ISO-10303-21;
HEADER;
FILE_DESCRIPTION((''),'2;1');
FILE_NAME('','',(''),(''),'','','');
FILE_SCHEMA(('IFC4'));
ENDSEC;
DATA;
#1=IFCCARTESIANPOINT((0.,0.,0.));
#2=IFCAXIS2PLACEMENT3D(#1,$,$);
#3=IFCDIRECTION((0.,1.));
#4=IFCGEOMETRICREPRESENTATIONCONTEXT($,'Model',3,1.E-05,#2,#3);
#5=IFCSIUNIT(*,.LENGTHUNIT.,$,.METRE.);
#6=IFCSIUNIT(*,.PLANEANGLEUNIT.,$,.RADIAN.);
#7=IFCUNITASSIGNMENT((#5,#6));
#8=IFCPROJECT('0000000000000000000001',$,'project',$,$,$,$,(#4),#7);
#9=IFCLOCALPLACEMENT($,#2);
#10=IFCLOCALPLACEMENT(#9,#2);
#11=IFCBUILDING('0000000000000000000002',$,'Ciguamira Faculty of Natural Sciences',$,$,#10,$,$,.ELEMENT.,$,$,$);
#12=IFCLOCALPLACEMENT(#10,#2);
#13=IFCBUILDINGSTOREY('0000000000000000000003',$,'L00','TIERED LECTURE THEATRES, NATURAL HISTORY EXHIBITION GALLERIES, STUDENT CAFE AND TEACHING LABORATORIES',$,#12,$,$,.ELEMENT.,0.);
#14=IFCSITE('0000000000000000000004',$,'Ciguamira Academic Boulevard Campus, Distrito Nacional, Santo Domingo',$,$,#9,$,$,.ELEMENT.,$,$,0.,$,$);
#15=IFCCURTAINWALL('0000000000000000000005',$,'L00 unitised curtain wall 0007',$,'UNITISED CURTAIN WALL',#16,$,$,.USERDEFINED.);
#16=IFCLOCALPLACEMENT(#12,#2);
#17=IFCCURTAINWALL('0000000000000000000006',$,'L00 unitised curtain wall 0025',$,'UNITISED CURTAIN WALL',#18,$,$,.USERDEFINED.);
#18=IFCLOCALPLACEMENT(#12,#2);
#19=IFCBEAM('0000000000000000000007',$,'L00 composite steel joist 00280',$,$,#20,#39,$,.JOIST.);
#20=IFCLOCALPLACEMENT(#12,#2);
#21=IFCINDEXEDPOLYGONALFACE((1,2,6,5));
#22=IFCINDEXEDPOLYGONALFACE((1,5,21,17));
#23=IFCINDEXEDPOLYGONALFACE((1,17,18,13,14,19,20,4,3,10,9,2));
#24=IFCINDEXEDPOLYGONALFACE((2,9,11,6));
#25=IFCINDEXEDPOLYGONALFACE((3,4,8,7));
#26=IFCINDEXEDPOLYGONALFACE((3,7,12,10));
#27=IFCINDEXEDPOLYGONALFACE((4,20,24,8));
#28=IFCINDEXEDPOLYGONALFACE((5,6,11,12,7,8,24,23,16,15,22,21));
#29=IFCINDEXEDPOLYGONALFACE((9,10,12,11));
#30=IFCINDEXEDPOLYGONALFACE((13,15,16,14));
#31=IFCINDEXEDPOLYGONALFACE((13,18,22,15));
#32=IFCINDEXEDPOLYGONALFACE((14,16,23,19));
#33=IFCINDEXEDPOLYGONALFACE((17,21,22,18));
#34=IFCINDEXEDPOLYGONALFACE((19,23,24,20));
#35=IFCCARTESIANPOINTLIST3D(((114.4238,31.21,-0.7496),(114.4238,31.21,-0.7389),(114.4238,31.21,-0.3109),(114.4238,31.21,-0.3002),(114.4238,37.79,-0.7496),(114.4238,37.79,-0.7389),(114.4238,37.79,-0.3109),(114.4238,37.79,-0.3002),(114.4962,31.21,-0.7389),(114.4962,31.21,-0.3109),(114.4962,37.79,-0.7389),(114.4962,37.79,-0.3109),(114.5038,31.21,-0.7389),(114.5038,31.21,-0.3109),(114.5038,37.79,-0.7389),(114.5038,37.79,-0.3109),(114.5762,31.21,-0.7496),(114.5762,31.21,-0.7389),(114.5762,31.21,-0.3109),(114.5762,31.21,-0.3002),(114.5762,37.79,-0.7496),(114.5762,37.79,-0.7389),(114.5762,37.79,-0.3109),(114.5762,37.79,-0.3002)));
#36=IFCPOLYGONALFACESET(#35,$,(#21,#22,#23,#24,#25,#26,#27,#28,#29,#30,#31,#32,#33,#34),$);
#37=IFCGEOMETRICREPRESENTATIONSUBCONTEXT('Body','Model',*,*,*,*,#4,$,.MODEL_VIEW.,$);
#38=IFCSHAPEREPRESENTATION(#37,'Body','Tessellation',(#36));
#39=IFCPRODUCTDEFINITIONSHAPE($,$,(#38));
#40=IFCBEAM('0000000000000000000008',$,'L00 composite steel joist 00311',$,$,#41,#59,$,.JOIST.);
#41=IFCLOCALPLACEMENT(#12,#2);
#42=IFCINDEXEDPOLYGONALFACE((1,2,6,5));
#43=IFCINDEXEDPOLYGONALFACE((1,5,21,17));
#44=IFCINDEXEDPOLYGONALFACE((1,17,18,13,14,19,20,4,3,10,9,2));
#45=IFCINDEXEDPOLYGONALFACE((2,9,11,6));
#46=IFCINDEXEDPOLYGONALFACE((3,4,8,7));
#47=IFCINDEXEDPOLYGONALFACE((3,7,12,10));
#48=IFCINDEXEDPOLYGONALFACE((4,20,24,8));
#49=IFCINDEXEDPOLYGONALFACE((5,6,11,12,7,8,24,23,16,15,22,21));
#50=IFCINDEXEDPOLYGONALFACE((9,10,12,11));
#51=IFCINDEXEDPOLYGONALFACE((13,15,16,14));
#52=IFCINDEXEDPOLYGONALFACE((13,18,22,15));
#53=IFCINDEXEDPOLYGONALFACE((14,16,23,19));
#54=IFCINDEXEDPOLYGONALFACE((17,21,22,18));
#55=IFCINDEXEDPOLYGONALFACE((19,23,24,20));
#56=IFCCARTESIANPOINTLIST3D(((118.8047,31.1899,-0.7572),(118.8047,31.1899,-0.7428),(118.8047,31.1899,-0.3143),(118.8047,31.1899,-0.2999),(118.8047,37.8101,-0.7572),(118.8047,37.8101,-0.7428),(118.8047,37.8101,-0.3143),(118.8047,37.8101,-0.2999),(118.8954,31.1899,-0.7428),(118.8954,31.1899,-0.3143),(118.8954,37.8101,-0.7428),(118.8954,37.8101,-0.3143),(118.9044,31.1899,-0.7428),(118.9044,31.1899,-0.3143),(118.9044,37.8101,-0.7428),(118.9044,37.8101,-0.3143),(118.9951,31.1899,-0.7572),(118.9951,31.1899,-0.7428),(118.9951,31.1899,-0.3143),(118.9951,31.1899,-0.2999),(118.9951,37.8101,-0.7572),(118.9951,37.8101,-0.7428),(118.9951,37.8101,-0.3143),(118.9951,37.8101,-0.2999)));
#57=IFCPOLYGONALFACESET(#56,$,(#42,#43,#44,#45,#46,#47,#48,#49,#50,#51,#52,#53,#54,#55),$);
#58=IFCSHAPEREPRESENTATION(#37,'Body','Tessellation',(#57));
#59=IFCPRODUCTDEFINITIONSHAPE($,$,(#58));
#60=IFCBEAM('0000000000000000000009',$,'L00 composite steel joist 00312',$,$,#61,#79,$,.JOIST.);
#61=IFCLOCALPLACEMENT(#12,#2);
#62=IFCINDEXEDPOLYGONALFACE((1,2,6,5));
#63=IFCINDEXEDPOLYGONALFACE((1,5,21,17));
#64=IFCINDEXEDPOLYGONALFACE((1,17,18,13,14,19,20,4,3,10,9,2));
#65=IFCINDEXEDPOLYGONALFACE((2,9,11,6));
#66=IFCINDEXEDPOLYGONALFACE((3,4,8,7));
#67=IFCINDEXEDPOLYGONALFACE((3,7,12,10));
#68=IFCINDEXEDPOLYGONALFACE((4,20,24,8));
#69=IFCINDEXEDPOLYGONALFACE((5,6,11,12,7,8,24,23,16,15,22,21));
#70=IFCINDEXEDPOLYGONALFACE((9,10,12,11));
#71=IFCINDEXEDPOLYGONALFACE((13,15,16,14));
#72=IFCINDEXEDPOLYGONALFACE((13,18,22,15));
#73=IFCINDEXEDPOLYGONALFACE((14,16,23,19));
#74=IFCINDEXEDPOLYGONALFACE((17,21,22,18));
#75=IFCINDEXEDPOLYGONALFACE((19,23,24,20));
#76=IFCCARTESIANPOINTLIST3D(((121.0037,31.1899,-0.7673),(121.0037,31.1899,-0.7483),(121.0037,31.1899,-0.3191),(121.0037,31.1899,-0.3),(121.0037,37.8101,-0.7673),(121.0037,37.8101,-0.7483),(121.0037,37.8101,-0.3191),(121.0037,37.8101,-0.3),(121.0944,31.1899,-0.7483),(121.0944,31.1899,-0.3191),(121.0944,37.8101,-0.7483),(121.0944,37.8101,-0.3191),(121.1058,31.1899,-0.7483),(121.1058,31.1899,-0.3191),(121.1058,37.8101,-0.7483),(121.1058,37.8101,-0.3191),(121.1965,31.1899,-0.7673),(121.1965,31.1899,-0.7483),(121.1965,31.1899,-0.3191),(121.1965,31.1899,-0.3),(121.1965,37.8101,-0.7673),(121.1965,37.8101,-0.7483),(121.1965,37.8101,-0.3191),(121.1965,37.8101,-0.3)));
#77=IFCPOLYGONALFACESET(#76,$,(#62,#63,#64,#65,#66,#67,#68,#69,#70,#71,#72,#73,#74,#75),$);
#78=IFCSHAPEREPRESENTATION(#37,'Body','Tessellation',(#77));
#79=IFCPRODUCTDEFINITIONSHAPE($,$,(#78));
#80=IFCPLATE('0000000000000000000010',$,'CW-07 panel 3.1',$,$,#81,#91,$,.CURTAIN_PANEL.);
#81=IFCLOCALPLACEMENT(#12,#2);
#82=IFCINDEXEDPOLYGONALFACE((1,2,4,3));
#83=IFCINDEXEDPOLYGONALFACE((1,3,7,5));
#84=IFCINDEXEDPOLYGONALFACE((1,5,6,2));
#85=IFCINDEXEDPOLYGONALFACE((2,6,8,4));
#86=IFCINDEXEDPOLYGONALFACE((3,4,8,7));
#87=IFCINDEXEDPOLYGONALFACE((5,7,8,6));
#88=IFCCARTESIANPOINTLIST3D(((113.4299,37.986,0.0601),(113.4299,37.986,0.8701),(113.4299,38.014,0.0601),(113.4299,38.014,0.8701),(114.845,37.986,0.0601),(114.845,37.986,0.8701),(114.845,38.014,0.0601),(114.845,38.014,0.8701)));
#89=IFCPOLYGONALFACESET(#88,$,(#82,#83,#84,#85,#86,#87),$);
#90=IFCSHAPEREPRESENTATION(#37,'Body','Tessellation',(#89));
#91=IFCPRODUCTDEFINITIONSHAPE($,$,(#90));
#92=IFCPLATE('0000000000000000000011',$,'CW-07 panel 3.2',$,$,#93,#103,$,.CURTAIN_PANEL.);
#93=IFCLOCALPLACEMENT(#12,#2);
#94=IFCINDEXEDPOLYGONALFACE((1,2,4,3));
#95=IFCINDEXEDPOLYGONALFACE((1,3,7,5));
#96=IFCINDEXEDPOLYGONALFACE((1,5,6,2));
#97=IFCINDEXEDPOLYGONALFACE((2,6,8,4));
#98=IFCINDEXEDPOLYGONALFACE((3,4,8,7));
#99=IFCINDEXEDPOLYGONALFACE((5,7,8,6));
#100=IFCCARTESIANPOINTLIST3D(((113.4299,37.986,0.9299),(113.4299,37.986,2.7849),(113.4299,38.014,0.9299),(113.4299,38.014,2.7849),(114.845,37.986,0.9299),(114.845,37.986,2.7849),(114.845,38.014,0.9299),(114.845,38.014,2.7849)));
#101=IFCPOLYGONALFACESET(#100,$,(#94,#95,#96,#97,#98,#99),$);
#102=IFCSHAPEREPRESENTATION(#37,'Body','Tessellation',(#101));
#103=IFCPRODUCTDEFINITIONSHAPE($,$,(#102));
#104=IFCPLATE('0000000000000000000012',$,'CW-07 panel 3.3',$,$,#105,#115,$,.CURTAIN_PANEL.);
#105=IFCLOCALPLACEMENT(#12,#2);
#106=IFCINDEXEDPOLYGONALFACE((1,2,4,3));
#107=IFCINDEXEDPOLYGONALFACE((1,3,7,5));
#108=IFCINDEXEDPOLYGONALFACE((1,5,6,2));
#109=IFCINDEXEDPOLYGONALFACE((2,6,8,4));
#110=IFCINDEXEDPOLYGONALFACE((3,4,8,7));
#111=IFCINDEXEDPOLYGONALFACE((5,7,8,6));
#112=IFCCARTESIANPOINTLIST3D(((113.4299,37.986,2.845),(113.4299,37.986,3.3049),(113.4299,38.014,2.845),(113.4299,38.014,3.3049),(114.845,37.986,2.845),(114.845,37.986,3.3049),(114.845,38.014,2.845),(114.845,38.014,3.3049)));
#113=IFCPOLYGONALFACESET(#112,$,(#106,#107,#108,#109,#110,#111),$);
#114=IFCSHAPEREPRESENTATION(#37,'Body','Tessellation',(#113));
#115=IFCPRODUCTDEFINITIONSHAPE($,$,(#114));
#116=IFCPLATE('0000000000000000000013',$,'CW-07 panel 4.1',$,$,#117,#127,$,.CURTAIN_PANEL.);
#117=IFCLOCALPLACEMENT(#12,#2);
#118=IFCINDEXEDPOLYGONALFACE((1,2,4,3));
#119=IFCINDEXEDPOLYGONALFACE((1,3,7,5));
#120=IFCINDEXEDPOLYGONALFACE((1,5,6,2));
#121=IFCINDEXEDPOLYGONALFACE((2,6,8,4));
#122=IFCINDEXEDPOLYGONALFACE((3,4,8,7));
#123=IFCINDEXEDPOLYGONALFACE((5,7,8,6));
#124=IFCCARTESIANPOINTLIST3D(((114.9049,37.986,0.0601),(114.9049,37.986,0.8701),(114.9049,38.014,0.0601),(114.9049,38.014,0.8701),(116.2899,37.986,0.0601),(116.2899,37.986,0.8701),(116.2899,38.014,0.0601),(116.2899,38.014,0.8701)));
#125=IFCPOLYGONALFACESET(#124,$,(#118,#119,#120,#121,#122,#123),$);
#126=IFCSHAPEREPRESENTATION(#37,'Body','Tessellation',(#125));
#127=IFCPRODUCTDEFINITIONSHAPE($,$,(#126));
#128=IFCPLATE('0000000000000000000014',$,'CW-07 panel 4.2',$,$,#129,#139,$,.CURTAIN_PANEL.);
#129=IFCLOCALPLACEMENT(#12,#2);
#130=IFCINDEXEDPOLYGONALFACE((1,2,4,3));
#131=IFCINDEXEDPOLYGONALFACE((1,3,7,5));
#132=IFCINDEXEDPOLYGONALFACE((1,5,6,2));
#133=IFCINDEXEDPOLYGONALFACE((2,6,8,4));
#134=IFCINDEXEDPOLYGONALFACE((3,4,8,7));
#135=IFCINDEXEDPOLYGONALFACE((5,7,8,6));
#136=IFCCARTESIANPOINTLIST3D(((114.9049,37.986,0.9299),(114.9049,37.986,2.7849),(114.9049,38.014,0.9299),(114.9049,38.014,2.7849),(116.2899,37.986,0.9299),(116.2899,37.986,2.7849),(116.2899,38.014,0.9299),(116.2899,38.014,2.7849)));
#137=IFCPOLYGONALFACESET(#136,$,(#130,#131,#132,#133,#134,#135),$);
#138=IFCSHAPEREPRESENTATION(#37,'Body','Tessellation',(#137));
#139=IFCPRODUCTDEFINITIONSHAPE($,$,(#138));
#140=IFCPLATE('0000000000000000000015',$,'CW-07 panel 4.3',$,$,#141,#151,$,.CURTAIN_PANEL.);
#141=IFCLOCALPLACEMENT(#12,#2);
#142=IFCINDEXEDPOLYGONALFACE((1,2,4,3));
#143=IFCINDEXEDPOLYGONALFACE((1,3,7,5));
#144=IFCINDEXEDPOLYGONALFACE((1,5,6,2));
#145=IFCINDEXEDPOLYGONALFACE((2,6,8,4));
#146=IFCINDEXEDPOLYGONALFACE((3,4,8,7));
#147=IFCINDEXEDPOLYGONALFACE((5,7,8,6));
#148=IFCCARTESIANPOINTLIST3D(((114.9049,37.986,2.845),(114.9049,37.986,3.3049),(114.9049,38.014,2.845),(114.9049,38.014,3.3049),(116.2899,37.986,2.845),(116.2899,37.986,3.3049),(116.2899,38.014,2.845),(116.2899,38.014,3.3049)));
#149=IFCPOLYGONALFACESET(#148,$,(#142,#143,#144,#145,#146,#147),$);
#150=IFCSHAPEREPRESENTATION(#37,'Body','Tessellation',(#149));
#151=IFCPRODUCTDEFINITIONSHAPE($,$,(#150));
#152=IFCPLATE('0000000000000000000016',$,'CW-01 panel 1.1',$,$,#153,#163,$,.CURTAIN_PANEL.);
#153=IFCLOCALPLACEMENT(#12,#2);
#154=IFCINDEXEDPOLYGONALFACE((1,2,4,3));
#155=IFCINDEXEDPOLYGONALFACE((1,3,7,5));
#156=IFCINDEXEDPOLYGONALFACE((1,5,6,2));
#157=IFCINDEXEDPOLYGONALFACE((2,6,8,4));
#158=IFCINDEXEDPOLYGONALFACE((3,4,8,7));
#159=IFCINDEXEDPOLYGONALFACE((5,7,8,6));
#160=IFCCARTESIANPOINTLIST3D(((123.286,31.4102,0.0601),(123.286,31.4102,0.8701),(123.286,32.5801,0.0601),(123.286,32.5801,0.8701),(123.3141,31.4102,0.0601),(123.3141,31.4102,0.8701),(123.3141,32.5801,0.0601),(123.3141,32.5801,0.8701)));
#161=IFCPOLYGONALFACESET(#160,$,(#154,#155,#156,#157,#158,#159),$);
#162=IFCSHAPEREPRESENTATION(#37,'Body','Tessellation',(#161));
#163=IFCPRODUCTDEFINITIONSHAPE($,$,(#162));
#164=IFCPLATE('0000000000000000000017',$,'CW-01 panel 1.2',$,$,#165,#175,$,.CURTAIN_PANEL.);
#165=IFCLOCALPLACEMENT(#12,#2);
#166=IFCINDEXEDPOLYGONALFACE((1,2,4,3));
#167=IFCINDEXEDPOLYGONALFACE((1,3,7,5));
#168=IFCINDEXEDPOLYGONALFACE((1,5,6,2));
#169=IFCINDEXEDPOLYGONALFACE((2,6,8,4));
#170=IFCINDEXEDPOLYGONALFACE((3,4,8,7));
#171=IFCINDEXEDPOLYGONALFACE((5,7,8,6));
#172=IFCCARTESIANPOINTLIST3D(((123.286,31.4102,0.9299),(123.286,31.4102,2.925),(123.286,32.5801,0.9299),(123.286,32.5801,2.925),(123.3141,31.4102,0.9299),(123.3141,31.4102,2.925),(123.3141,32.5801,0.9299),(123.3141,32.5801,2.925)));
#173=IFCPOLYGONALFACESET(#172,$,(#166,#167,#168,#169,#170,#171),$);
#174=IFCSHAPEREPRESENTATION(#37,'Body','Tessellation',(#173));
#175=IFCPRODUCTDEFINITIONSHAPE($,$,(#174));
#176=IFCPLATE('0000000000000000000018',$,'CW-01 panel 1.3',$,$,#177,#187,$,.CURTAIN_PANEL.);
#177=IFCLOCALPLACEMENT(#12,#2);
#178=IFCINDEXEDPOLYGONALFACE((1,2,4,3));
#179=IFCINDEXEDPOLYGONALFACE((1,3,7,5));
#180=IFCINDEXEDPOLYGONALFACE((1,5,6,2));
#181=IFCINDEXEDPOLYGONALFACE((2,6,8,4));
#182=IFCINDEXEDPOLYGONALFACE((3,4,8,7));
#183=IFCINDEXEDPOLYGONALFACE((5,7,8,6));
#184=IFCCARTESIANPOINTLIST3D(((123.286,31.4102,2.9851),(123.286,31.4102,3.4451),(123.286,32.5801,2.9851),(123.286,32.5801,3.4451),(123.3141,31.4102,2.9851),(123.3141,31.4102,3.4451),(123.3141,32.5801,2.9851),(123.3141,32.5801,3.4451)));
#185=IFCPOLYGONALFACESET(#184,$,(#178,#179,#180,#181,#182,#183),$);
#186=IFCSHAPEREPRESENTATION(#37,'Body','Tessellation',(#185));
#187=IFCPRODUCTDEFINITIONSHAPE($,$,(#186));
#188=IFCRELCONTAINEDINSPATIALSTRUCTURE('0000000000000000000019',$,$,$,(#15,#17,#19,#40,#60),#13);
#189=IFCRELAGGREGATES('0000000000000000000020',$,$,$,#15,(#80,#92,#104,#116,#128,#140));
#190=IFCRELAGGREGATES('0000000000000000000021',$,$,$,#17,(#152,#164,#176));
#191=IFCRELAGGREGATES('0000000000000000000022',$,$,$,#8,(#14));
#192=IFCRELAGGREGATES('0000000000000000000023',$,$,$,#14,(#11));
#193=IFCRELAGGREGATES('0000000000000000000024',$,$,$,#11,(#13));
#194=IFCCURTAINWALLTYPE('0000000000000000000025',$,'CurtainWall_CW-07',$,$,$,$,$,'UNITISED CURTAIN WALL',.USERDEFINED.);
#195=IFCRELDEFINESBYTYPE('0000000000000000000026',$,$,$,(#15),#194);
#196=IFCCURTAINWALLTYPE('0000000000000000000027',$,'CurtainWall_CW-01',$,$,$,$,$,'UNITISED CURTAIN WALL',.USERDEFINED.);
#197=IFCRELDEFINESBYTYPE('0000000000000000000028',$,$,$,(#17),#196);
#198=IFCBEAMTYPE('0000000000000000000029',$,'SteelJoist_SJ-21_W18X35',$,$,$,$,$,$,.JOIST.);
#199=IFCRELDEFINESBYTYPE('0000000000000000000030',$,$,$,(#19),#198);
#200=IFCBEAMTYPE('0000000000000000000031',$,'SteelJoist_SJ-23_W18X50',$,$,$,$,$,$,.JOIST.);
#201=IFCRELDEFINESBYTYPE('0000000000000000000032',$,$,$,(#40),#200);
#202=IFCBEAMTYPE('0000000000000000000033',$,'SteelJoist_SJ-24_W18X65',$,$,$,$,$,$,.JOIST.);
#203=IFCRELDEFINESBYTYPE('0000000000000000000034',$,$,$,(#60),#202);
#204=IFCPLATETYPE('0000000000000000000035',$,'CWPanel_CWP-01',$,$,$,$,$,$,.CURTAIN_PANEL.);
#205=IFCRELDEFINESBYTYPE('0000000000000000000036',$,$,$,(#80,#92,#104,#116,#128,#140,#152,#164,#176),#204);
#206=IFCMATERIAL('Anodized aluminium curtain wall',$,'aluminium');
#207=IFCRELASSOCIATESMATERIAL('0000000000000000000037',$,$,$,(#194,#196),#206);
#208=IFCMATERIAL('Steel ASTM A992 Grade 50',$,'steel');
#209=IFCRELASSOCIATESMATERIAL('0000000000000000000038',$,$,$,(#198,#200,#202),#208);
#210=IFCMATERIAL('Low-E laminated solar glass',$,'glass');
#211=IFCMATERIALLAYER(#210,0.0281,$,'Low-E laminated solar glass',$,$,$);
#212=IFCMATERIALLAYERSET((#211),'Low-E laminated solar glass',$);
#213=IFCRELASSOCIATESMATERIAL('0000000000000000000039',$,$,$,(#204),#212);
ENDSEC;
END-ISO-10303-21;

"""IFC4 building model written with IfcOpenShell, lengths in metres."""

from ifc_helpers import new_model, si_unit, direction, frame, origin, origin_2d, place, context, subcontext, project, spatial, rectangle, i_section, extrude, material, layer, layer_set, material_profile, profile_set, type_object, element, aggregate, save


model = new_model("IFC4")

# Units and contexts
model_context = context("Model", 3, precision=1e-05, world=origin(), true_north=direction((0.0, 1.0)))
body_context = subcontext(model_context, "Body", "Model", "MODEL_VIEW")
ifc_project = project(units=[si_unit("LENGTHUNIT", "METRE"), si_unit("PLANEANGLEUNIT", "RADIAN")], contexts=[model_context])

# Site, building, storey
site_placement = place(None, origin())
site = spatial("IfcSite", under=ifc_project, at=site_placement, Name="Ciguamira Academic Boulevard Campus, Distrito Nacional, Santo Domingo", CompositionType="ELEMENT", RefElevation=0.0)
building_placement = place(site_placement, origin())
building = spatial("IfcBuilding", under=site, at=building_placement, Name="Ciguamira Faculty of Natural Sciences", CompositionType="ELEMENT")
storey_placement = place(building_placement, origin())
storey = spatial("IfcBuildingStorey", under=building, at=storey_placement, Name="L00", Description="TIERED LECTURE THEATRES, NATURAL HISTORY EXHIBITION GALLERIES, STUDENT CAFE AND TEACHING LABORATORIES", CompositionType="ELEMENT", Elevation=0.0)

# Curtain walls
ifc_material_1 = material(Name="Anodized aluminium curtain wall", Category="aluminium")
curtain_wall_type_1 = type_object("IfcCurtainWallType", Name="CurtainWall_CW-07", ElementType="UNITISED CURTAIN WALL", PredefinedType="USERDEFINED", material=ifc_material_1)
curtain_wall_1_placement = place(storey_placement, origin())
curtain_wall_1 = element("IfcCurtainWall", 1, at=curtain_wall_1_placement, inside=storey, type_object=curtain_wall_type_1, Name="L00 unitised curtain wall 0007", ObjectType="UNITISED CURTAIN WALL", PredefinedType="USERDEFINED")
curtain_wall_type_2 = type_object("IfcCurtainWallType", Name="CurtainWall_CW-01", ElementType="UNITISED CURTAIN WALL", PredefinedType="USERDEFINED", material=ifc_material_1)
curtain_wall_2_placement = place(storey_placement, origin())
curtain_wall_2 = element("IfcCurtainWall", 2, at=curtain_wall_2_placement, inside=storey, type_object=curtain_wall_type_2, Name="L00 unitised curtain wall 0025", ObjectType="UNITISED CURTAIN WALL", PredefinedType="USERDEFINED")

# Beams
ifc_material_2 = material(Name="Steel ASTM A992 Grade 50", Category="steel")
ifc_material_profile_1 = material_profile(ifc_material_2, i_section(OverallWidth=0.1523, OverallDepth=0.4495, WebThickness=0.0076, FlangeThickness=0.0107, at=origin_2d()), Name="W18X35")
ifc_profile_set_1 = profile_set([ifc_material_profile_1], Name="Steel ASTM A992 Grade 50")
beam_type_1 = type_object("IfcBeamType", Name="SteelJoist_SJ-21_W18X35", PredefinedType="JOIST", material=ifc_profile_set_1)
beam_1_placement = place(storey_placement, frame((114.5, 31.21, -0.5249), z_axis=(0.0, 1.0, 0.0), x_axis=(-1.0, 0.0, 0.0)))
element("IfcBeam", 3, at=beam_1_placement, inside=storey, type_object=beam_type_1, Name="L00 composite steel joist 00280", PredefinedType="JOIST", context=body_context, shape_type="SweptSolid", body=[
    extrude(i_section(OverallWidth=0.1523, OverallDepth=0.4495, WebThickness=0.0076, FlangeThickness=0.0107, at=origin_2d()), origin(), (0.0, 0.0, 1.0), 6.5801),
])
ifc_material_profile_2 = material_profile(ifc_material_2, i_section(OverallWidth=0.1904, OverallDepth=0.4573, WebThickness=0.009, FlangeThickness=0.0144, at=origin_2d()), Name="W18X50")
ifc_profile_set_2 = profile_set([ifc_material_profile_2], Name="Steel ASTM A992 Grade 50")
beam_type_2 = type_object("IfcBeamType", Name="SteelJoist_SJ-23_W18X50", PredefinedType="JOIST", material=ifc_profile_set_2)
beam_2_placement = place(storey_placement, frame((118.8999, 31.1899, -0.5286), z_axis=(0.0, 1.0, 0.0), x_axis=(-1.0, 0.0, 0.0)))
element("IfcBeam", 4, at=beam_2_placement, inside=storey, type_object=beam_type_2, Name="L00 composite steel joist 00311", PredefinedType="JOIST", context=body_context, shape_type="SweptSolid", body=[
    extrude(i_section(OverallWidth=0.1904, OverallDepth=0.4573, WebThickness=0.009, FlangeThickness=0.0144, at=origin_2d()), origin(), (0.0, 0.0, 1.0), 6.6201),
])
ifc_material_profile_3 = material_profile(ifc_material_2, i_section(OverallWidth=0.1929, OverallDepth=0.4673, WebThickness=0.0115, FlangeThickness=0.019, at=origin_2d()), Name="W18X65")
ifc_profile_set_3 = profile_set([ifc_material_profile_3], Name="Steel ASTM A992 Grade 50")
beam_type_3 = type_object("IfcBeamType", Name="SteelJoist_SJ-24_W18X65", PredefinedType="JOIST", material=ifc_profile_set_3)
beam_3_placement = place(storey_placement, frame((121.1001, 31.1899, -0.5337), z_axis=(0.0, 1.0, 0.0), x_axis=(-1.0, 0.0, 0.0)))
element("IfcBeam", 5, at=beam_3_placement, inside=storey, type_object=beam_type_3, Name="L00 composite steel joist 00312", PredefinedType="JOIST", context=body_context, shape_type="SweptSolid", body=[
    extrude(i_section(OverallWidth=0.1929, OverallDepth=0.4673, WebThickness=0.0115, FlangeThickness=0.019, at=origin_2d()), origin(), (0.0, 0.0, 1.0), 6.6201),
])

# Plates
ifc_material_3 = material(Name="Low-E laminated solar glass", Category="glass")
ifc_layer = layer(ifc_material_3, 0.0281, Name="Low-E laminated solar glass")
ifc_layer_set = layer_set([ifc_layer], Name="Low-E laminated solar glass")
plate_type = type_object("IfcPlateType", Name="CWPanel_CWP-01", PredefinedType="CURTAIN_PANEL", material=ifc_layer_set)
plate_1_placement = place(storey_placement, frame((114.1375, 38.0, 0.0601), z_axis=(0.0, 0.0, 1.0), x_axis=(1.0, 0.0, 0.0)))
plate_1 = element("IfcPlate", 6, at=plate_1_placement, type_object=plate_type, Name="CW-07 panel 3.1", PredefinedType="CURTAIN_PANEL", context=body_context, shape_type="SweptSolid", body=[
    extrude(rectangle(XDim=1.415, YDim=0.0281, at=origin_2d()), origin(), (0.0, 0.0, 1.0), 0.8101),
])
plate_2_placement = place(storey_placement, frame((114.1375, 38.0, 0.9299), z_axis=(0.0, 0.0, 1.0), x_axis=(1.0, 0.0, 0.0)))
plate_2 = element("IfcPlate", 7, at=plate_2_placement, type_object=plate_type, Name="CW-07 panel 3.2", PredefinedType="CURTAIN_PANEL", context=body_context, shape_type="SweptSolid", body=[
    extrude(rectangle(XDim=1.415, YDim=0.0281, at=origin_2d()), origin(), (0.0, 0.0, 1.0), 1.855),
])
plate_3_placement = place(storey_placement, frame((114.1375, 38.0, 2.845), z_axis=(0.0, 0.0, 1.0), x_axis=(1.0, 0.0, 0.0)))
plate_3 = element("IfcPlate", 8, at=plate_3_placement, type_object=plate_type, Name="CW-07 panel 3.3", PredefinedType="CURTAIN_PANEL", context=body_context, shape_type="SweptSolid", body=[
    extrude(rectangle(XDim=1.415, YDim=0.0281, at=origin_2d()), origin(), (0.0, 0.0, 1.0), 0.46),
])
plate_4_placement = place(storey_placement, frame((115.5974, 38.0, 0.0601), z_axis=(0.0, 0.0, 1.0), x_axis=(1.0, 0.0, 0.0)))
plate_4 = element("IfcPlate", 9, at=plate_4_placement, type_object=plate_type, Name="CW-07 panel 4.1", PredefinedType="CURTAIN_PANEL", context=body_context, shape_type="SweptSolid", body=[
    extrude(rectangle(XDim=1.385, YDim=0.0281, at=origin_2d()), origin(), (0.0, 0.0, 1.0), 0.8101),
])
plate_5_placement = place(storey_placement, frame((115.5974, 38.0, 0.9299), z_axis=(0.0, 0.0, 1.0), x_axis=(1.0, 0.0, 0.0)))
plate_5 = element("IfcPlate", 10, at=plate_5_placement, type_object=plate_type, Name="CW-07 panel 4.2", PredefinedType="CURTAIN_PANEL", context=body_context, shape_type="SweptSolid", body=[
    extrude(rectangle(XDim=1.385, YDim=0.0281, at=origin_2d()), origin(), (0.0, 0.0, 1.0), 1.855),
])
plate_6_placement = place(storey_placement, frame((115.5974, 38.0, 2.845), z_axis=(0.0, 0.0, 1.0), x_axis=(1.0, 0.0, 0.0)))
plate_6 = element("IfcPlate", 11, at=plate_6_placement, type_object=plate_type, Name="CW-07 panel 4.3", PredefinedType="CURTAIN_PANEL", context=body_context, shape_type="SweptSolid", body=[
    extrude(rectangle(XDim=1.385, YDim=0.0281, at=origin_2d()), origin(), (0.0, 0.0, 1.0), 0.46),
])
aggregate(curtain_wall_1, [plate_1, plate_2, plate_3, plate_4, plate_5, plate_6])
plate_7_placement = place(storey_placement, frame((123.3, 31.9951, 0.0601), z_axis=(0.0, 0.0, 1.0), x_axis=(0.0, 1.0, 0.0)))
plate_7 = element("IfcPlate", 12, at=plate_7_placement, type_object=plate_type, Name="CW-01 panel 1.1", PredefinedType="CURTAIN_PANEL", context=body_context, shape_type="SweptSolid", body=[
    extrude(rectangle(XDim=1.1699, YDim=0.0281, at=origin_2d()), origin(), (0.0, 0.0, 1.0), 0.8101),
])
plate_8_placement = place(storey_placement, frame((123.3, 31.9951, 0.9299), z_axis=(0.0, 0.0, 1.0), x_axis=(0.0, 1.0, 0.0)))
plate_8 = element("IfcPlate", 13, at=plate_8_placement, type_object=plate_type, Name="CW-01 panel 1.2", PredefinedType="CURTAIN_PANEL", context=body_context, shape_type="SweptSolid", body=[
    extrude(rectangle(XDim=1.1699, YDim=0.0281, at=origin_2d()), origin(), (0.0, 0.0, 1.0), 1.9951),
])
plate_9_placement = place(storey_placement, frame((123.3, 31.9951, 2.9851), z_axis=(0.0, 0.0, 1.0), x_axis=(0.0, 1.0, 0.0)))
plate_9 = element("IfcPlate", 14, at=plate_9_placement, type_object=plate_type, Name="CW-01 panel 1.3", PredefinedType="CURTAIN_PANEL", context=body_context, shape_type="SweptSolid", body=[
    extrude(rectangle(XDim=1.1699, YDim=0.0281, at=origin_2d()), origin(), (0.0, 0.0, 1.0), 0.46),
])
aggregate(curtain_wall_2, [plate_7, plate_8, plate_9])

save(model, "model.ifc")
